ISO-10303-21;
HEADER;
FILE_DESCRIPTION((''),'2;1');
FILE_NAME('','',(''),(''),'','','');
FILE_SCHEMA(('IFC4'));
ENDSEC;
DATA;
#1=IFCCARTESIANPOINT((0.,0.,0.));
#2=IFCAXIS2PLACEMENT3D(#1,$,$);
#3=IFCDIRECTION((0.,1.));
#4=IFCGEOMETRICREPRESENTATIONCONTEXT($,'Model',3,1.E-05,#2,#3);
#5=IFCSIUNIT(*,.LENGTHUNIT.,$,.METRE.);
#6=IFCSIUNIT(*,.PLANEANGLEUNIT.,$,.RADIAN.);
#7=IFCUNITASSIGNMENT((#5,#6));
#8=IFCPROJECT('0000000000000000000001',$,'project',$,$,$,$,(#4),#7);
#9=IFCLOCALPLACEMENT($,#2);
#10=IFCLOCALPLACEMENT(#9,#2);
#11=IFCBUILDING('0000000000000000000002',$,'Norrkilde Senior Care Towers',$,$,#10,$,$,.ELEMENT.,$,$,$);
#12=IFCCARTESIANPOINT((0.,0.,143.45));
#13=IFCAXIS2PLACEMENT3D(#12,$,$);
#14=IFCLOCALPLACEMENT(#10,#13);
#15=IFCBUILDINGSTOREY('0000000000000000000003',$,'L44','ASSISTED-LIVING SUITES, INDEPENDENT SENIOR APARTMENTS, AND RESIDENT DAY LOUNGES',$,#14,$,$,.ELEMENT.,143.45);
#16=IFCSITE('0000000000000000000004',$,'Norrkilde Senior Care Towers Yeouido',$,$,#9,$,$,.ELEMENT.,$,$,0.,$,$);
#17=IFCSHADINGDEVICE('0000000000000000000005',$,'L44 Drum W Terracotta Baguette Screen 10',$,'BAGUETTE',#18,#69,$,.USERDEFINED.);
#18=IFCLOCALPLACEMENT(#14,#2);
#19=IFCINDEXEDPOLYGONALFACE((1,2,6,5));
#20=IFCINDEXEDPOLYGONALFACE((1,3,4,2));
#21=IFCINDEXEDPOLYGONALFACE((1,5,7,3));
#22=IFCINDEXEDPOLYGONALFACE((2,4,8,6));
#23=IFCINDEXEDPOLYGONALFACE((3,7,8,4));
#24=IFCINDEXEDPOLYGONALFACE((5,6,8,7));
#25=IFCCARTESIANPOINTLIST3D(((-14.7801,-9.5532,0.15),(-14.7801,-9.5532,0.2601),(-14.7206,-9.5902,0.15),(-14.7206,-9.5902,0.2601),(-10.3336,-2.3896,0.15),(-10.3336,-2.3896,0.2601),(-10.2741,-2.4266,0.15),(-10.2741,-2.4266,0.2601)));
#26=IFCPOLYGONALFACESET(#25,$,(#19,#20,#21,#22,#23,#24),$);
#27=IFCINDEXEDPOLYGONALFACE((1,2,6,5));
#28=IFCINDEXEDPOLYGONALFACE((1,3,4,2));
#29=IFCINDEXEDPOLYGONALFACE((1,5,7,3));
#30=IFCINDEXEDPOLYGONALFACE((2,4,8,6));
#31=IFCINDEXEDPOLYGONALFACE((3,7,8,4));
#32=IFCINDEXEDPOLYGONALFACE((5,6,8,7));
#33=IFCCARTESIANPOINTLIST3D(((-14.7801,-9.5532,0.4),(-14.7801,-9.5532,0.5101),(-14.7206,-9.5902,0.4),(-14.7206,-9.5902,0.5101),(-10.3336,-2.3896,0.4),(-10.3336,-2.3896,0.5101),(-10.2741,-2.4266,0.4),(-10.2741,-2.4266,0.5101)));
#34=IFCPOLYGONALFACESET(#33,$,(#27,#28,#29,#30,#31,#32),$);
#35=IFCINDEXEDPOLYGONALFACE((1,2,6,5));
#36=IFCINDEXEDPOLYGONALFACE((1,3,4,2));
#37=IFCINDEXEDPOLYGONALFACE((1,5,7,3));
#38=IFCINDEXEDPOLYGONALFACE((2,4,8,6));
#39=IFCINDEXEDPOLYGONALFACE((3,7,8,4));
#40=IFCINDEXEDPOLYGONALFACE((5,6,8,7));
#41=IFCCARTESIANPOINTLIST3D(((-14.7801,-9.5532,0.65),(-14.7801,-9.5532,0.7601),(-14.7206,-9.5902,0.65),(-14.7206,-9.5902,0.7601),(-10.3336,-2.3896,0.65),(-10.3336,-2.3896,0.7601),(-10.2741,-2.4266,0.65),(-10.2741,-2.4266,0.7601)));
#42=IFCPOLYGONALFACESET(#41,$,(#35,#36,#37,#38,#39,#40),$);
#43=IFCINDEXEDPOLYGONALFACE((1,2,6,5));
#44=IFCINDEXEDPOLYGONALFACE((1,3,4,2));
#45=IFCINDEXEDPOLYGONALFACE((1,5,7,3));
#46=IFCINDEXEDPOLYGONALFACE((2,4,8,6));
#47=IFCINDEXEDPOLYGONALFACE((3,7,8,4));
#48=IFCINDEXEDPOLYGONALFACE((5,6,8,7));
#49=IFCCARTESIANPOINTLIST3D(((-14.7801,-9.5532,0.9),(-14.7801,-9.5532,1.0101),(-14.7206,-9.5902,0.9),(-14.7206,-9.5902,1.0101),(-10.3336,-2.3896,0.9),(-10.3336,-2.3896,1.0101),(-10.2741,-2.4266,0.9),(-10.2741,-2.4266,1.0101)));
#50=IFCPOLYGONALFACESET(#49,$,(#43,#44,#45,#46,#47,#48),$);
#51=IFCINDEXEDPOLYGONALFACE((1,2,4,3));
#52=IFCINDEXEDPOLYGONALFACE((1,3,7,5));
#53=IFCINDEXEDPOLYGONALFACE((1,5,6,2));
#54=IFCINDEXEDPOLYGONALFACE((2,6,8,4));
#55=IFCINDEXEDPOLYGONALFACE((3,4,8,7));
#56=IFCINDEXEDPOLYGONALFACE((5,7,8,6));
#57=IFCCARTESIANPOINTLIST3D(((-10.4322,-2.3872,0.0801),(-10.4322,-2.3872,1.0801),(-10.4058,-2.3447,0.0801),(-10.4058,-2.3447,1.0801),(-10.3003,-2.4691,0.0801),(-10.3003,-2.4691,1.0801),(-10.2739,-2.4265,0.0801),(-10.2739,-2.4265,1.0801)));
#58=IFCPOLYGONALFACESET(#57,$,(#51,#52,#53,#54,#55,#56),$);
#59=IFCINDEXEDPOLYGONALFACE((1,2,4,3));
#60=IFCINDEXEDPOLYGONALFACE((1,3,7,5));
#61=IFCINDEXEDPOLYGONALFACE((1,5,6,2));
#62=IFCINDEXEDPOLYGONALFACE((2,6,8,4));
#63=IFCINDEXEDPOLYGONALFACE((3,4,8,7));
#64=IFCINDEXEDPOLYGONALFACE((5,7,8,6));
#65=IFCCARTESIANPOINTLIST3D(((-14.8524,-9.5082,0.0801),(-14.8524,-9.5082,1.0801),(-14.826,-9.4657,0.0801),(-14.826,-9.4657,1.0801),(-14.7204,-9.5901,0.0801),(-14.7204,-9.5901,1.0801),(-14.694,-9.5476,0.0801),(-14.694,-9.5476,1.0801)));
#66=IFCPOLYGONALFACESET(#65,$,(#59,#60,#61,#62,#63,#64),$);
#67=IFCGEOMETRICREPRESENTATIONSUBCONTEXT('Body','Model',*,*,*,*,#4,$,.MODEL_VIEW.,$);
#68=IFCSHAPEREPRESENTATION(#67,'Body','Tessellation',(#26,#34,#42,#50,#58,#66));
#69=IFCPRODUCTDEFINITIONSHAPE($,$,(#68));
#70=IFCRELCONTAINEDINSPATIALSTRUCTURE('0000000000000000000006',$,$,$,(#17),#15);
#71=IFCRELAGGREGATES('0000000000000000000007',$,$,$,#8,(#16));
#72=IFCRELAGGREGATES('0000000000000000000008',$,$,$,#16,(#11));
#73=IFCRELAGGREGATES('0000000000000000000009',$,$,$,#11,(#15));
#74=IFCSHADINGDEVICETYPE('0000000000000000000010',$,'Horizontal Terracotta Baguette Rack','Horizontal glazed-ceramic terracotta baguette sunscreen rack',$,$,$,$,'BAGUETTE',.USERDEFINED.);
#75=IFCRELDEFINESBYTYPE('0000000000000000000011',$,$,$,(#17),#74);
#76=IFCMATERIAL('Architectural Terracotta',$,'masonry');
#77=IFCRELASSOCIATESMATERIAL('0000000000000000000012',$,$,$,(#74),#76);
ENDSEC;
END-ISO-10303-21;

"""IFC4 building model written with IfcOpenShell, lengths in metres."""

from ifc_helpers import new_model, si_unit, direction, frame, origin, origin_2d, place, context, subcontext, project, spatial, rectangle, extrude, source, transform, mapped, material, type_object, type_shapes, element, save


model = new_model("IFC4")

# Units and contexts
model_context = context("Model", 3, precision=1e-05, world=origin(), true_north=direction((0.0, 1.0)))
body_context = subcontext(model_context, "Body", "Model", "MODEL_VIEW")
ifc_project = project(units=[si_unit("LENGTHUNIT", "METRE"), si_unit("PLANEANGLEUNIT", "RADIAN")], contexts=[model_context])

# Site, building, storey
site_placement = place(None, origin())
site = spatial("IfcSite", under=ifc_project, at=site_placement, Name="Norrkilde Senior Care Towers Yeouido", CompositionType="ELEMENT", RefElevation=0.0)
building_placement = place(site_placement, origin())
building = spatial("IfcBuilding", under=site, at=building_placement, Name="Norrkilde Senior Care Towers", CompositionType="ELEMENT")
storey_placement = place(building_placement, frame((0.0, 0.0, 143.45)))
storey = spatial("IfcBuildingStorey", under=building, at=storey_placement, Name="L44", Description="ASSISTED-LIVING SUITES, INDEPENDENT SENIOR APARTMENTS, AND RESIDENT DAY LOUNGES", CompositionType="ELEMENT", Elevation=143.45)

# Shading device
ifc_material_1 = material(Name="Architectural Terracotta", Category="masonry")
shading_device_type = type_object("IfcShadingDeviceType", Name="Horizontal Terracotta Baguette Rack", Description="Horizontal glazed-ceramic terracotta baguette sunscreen rack", ElementType="BAGUETTE", PredefinedType="USERDEFINED", material=ifc_material_1)
shared_shape_1 = source(origin(), body_context, "Body", "SweptSolid", [
    extrude(rectangle(XDim=0.0701, YDim=0.1101, at=origin_2d()), frame((0.0, 0.0901, 0.125), z_axis=(1.0, 0.0, 0.0), x_axis=(0.0, 1.0, 0.0)), (0.0, 0.0, 1.0), 8.4314),
    extrude(rectangle(XDim=0.0701, YDim=0.1101, at=origin_2d()), frame((0.0, 0.0901, 0.375), z_axis=(1.0, 0.0, 0.0), x_axis=(0.0, 1.0, 0.0)), (0.0, 0.0, 1.0), 8.4314),
    extrude(rectangle(XDim=0.0701, YDim=0.1101, at=origin_2d()), frame((0.0, 0.0901, 0.625), z_axis=(1.0, 0.0, 0.0), x_axis=(0.0, 1.0, 0.0)), (0.0, 0.0, 1.0), 8.4314),
    extrude(rectangle(XDim=0.0701, YDim=0.1101, at=origin_2d()), frame((0.0, 0.0901, 0.875), z_axis=(1.0, 0.0, 0.0), x_axis=(0.0, 1.0, 0.0)), (0.0, 0.0, 1.0), 8.4314),
    extrude(rectangle(XDim=0.05, YDim=0.1553, at=origin_2d()), frame((0.0249, 0.0476, 0.0)), (0.0, 0.0, 1.0), 1.0),
    extrude(rectangle(XDim=0.05, YDim=0.1553, at=origin_2d()), frame((8.4062, 0.0476, 0.0)), (0.0, 0.0, 1.0), 1.0),
])
type_shapes(shading_device_type, [shared_shape_1])
shading_device_placement = place(storey_placement, frame((-10.3804, -2.3606, 0.0801), z_axis=(0.0, 0.0, 1.0), x_axis=(-0.527378, -0.849631, 0.0)))
element("IfcShadingDevice", 1, at=shading_device_placement, inside=storey, type_object=shading_device_type, Name="L44 Drum W Terracotta Baguette Screen 10", ObjectType="BAGUETTE", PredefinedType="USERDEFINED", context=body_context, shape_type="MappedRepresentation", body=[
    mapped(shared_shape_1, transform((0.0, 0.0, 0.0), x_axis=(1.0, 0.0, 0.0), y_axis=(0.0, 1.0, 0.0), z_axis=(0.0, 0.0, 1.0), scale=1.0)),
])

save(model, "model.ifc")
